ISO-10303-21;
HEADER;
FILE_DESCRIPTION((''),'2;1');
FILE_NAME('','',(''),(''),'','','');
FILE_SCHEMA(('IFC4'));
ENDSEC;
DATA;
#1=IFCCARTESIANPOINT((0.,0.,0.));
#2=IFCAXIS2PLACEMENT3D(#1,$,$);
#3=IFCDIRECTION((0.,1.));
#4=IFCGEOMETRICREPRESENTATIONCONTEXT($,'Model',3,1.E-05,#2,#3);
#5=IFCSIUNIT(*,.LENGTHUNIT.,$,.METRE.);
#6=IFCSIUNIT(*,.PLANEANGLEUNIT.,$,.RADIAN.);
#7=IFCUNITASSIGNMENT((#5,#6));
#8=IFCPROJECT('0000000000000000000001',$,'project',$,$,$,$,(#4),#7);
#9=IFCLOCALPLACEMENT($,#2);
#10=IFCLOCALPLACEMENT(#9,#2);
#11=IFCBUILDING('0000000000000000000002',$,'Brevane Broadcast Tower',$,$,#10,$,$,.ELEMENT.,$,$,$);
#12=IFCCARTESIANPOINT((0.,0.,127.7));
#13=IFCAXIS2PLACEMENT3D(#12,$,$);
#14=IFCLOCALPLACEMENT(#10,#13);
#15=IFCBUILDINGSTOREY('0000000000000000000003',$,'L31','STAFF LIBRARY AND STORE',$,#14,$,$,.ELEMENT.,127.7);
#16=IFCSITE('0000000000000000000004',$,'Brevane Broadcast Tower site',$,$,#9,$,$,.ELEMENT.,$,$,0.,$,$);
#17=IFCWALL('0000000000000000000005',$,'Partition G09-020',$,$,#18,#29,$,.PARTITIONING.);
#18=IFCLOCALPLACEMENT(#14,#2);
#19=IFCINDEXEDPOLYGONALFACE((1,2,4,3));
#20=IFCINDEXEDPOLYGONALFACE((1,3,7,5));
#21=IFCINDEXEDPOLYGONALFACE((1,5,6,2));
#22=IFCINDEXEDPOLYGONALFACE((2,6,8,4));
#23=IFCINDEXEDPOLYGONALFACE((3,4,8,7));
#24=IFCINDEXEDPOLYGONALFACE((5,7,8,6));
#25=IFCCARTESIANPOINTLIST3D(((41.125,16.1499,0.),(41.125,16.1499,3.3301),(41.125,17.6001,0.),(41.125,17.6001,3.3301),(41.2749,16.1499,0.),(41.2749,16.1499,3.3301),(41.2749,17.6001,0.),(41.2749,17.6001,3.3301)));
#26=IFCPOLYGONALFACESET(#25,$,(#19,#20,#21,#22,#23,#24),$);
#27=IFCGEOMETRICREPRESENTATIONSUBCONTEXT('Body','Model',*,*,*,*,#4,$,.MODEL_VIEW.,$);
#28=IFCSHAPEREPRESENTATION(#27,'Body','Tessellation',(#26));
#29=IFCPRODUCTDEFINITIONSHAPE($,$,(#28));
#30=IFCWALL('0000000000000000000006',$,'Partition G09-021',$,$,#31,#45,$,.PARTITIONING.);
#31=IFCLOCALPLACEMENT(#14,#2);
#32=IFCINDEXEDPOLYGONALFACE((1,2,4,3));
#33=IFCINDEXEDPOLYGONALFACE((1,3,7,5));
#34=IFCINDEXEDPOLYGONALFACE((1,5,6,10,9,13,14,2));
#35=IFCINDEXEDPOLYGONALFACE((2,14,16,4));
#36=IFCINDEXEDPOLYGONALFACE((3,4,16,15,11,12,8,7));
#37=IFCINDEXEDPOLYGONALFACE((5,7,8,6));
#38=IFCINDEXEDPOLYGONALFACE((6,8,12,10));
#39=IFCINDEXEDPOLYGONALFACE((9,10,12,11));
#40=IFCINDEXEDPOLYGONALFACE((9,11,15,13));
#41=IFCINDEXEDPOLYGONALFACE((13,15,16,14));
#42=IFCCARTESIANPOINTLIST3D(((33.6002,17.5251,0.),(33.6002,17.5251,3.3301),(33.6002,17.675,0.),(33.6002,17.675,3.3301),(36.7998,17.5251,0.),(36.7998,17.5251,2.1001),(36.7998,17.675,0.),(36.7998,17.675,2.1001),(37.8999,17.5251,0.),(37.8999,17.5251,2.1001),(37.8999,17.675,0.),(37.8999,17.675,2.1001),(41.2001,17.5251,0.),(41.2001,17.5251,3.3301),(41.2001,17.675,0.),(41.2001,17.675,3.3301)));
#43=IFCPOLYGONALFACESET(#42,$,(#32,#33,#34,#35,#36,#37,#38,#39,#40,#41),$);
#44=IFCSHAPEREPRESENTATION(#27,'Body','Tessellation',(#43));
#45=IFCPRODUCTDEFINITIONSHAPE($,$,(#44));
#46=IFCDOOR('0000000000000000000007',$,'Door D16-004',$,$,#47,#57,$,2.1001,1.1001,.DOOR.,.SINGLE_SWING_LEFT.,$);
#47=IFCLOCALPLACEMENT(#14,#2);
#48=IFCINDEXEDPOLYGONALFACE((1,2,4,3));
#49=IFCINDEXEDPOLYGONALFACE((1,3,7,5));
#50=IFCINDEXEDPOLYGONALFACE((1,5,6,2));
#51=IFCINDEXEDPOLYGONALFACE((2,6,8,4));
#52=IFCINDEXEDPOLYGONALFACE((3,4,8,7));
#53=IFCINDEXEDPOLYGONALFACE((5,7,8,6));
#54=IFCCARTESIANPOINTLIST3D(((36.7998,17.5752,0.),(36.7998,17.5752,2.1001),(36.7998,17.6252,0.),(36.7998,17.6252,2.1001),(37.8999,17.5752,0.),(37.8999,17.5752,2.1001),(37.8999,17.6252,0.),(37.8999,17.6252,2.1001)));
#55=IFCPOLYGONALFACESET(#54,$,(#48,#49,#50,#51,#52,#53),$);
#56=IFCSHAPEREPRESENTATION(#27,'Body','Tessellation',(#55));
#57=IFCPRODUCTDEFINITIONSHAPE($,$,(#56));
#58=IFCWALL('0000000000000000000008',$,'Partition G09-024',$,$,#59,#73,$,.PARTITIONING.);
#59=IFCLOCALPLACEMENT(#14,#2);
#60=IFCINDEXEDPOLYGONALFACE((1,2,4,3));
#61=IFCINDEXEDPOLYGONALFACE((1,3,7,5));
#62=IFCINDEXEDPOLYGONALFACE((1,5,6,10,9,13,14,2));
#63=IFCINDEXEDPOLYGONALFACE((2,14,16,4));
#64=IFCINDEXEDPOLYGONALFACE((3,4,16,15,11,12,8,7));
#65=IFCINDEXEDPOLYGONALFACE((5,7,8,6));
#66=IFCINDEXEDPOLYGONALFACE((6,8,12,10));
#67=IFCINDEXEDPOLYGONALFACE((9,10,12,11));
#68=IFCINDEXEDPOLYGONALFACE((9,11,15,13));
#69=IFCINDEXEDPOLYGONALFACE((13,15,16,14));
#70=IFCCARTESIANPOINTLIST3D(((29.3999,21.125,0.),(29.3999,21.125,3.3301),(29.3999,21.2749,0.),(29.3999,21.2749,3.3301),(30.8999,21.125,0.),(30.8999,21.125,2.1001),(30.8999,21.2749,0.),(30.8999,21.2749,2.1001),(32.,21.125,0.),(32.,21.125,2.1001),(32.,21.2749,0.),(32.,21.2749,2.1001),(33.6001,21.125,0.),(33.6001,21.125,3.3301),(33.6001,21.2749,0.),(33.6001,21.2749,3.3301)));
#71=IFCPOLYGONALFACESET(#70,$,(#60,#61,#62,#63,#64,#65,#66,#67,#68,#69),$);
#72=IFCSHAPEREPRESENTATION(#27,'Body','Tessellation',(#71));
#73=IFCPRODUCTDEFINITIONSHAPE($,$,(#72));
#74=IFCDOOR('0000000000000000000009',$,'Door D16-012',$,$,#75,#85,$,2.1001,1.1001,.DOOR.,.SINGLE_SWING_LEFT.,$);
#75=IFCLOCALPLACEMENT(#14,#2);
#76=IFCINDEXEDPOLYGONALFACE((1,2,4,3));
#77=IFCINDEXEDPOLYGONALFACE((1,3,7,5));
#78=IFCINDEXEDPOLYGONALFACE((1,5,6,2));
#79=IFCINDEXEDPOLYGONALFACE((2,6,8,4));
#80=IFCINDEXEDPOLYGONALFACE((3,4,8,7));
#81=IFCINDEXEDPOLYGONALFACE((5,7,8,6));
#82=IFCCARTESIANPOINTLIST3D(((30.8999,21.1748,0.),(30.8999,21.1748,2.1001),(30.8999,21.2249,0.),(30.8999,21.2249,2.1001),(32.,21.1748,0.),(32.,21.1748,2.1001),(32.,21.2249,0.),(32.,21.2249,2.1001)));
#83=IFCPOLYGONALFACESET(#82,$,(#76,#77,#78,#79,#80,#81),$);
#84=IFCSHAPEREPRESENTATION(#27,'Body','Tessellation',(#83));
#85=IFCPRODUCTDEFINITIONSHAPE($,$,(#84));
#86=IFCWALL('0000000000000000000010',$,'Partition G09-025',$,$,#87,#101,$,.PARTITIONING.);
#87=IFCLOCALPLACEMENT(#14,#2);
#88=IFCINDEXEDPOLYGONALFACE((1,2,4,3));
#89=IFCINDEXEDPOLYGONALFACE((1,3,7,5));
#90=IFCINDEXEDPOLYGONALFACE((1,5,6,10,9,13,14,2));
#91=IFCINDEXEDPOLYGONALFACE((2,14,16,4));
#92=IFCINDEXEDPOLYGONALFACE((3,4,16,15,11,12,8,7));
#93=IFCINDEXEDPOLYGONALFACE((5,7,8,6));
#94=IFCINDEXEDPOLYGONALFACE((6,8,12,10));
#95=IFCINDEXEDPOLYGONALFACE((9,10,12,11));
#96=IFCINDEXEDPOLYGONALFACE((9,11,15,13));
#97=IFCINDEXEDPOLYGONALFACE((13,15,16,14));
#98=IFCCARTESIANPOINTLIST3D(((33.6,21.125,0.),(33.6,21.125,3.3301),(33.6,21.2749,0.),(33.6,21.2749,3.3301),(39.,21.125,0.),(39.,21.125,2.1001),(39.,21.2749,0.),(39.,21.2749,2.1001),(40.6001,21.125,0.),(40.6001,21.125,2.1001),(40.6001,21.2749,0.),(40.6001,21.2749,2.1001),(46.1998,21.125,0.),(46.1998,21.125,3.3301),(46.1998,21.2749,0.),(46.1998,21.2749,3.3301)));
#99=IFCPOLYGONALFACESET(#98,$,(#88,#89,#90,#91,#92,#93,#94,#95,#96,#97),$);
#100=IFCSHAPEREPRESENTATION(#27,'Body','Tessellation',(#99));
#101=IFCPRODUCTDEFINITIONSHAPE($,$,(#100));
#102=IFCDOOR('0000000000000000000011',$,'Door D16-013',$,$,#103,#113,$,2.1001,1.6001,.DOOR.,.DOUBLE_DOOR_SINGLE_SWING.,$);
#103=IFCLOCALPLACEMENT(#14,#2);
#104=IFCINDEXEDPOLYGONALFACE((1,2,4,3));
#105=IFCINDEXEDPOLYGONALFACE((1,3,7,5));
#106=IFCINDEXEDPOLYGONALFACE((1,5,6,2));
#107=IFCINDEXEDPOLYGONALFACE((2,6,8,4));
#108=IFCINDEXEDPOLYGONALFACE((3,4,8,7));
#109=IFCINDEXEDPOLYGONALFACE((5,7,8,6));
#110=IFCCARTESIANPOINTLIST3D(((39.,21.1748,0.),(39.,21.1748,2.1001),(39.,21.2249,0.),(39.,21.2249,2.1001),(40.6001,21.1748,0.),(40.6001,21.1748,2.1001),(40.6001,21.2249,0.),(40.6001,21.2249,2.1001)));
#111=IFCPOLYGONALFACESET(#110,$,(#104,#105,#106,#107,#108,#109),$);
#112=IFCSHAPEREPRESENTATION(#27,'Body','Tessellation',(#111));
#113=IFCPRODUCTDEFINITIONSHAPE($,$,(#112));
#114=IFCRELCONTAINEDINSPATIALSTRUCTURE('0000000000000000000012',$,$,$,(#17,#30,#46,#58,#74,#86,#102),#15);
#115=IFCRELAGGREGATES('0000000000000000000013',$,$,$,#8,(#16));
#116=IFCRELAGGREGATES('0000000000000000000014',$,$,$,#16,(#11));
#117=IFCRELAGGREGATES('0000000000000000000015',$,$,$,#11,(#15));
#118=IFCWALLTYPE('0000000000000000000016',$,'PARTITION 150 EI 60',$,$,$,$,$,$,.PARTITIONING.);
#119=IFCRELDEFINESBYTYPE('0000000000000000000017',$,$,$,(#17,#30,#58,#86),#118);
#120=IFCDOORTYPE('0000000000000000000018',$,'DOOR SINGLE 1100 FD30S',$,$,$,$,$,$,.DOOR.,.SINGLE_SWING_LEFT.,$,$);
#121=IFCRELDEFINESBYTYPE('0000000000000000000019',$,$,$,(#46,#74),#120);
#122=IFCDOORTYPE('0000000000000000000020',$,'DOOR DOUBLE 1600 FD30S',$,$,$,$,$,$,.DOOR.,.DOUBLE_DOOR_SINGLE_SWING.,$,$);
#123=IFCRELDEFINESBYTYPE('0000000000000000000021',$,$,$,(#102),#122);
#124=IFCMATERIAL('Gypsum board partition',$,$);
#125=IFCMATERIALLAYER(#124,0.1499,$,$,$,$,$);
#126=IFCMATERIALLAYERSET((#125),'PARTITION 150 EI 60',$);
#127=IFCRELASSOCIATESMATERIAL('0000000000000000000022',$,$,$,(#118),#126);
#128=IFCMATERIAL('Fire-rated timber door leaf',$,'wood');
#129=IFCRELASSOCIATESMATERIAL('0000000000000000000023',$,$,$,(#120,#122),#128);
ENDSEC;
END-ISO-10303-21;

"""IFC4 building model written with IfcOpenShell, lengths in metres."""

from ifc_helpers import new_model, si_unit, direction, frame, frame_2d, origin, place, context, subcontext, project, spatial, rectangle, extrude, material, layer, layer_set, type_object, element, fill, save


model = new_model("IFC4")

# Units and contexts
model_context = context("Model", 3, precision=1e-05, world=origin(), true_north=direction((0.0, 1.0)))
body_context = subcontext(model_context, "Body", "Model", "MODEL_VIEW")
ifc_project = project(units=[si_unit("LENGTHUNIT", "METRE"), si_unit("PLANEANGLEUNIT", "RADIAN")], contexts=[model_context])

# Site, building, storey
site_placement = place(None, origin())
site = spatial("IfcSite", under=ifc_project, at=site_placement, Name="Brevane Broadcast Tower site", CompositionType="ELEMENT", RefElevation=0.0)
building_placement = place(site_placement, origin())
building = spatial("IfcBuilding", under=site, at=building_placement, Name="Brevane Broadcast Tower", CompositionType="ELEMENT")
storey_placement = place(building_placement, frame((0.0, 0.0, 127.7)))
storey = spatial("IfcBuildingStorey", under=building, at=storey_placement, Name="L31", Description="STAFF LIBRARY AND STORE", CompositionType="ELEMENT", Elevation=127.7)

# Shared definitions
ifc_material_1 = material(Name="Gypsum board partition")

# Shared definitions
ifc_layer_1 = layer(ifc_material_1, 0.1499)
ifc_layer_set_1 = layer_set([ifc_layer_1], Name="PARTITION 150 EI 60")
wall_type_1 = type_object("IfcWallType", Name="PARTITION 150 EI 60", PredefinedType="PARTITIONING", material=ifc_layer_set_1)
ifc_material_2 = material(Name="Fire-rated timber door leaf", Category="wood")

# Shared definitions
door_type_1 = type_object("IfcDoorType", Name="DOOR SINGLE 1100 FD30S", OperationType="SINGLE_SWING_LEFT", PredefinedType="DOOR", material=ifc_material_2)

# Wall
wall_1_placement = place(storey_placement, frame((41.2, 16.1499, 0.0), z_axis=(0.0, 0.0, 1.0), x_axis=(0.0, 1.0, 0.0)))
element("IfcWall", 1, at=wall_1_placement, inside=storey, type_object=wall_type_1, Name="Partition G09-020", PredefinedType="PARTITIONING", context=body_context, shape_type="SweptSolid", body=[
    extrude(rectangle(XDim=1.4502, YDim=0.1499, at=frame_2d((0.7251, 0.0))), origin(), (0.0, 0.0, 1.0), 3.3301),
])

# Walls, openings, doors
wall_2_placement = place(storey_placement, frame((41.2, 17.6001, 0.0), z_axis=(0.0, 0.0, 1.0), x_axis=(-1.0, 0.0, 0.0)))
wall_2 = element("IfcWall", 2, at=wall_2_placement, inside=storey, type_object=wall_type_1, Name="Partition G09-021", PredefinedType="PARTITIONING", context=body_context, shape_type="SweptSolid", body=[
    extrude(rectangle(XDim=7.5999, YDim=0.1499, at=frame_2d((3.7998, 0.0))), origin(), (0.0, 0.0, 1.0), 3.3301),
])
opening_1_placement = place(wall_2_placement, frame((3.3, 0.0, 0.0)))
opening_1 = element("IfcOpeningElement", 3, at=opening_1_placement, cuts=wall_2, PredefinedType="OPENING", context=body_context, shape_type="SweptSolid", body=[
    extrude(rectangle(XDim=1.1001, YDim=2.1001, at=frame_2d((0.55, 1.05))), frame((0.0, 0.085, 0.0), z_axis=(0.0, -1.0, 0.0), x_axis=(1.0, 0.0, 0.0)), (0.0, 0.0, 1.0), 0.1699),
])
door_1_placement = place(opening_1_placement, origin())
door_1 = element("IfcDoor", 4, at=door_1_placement, inside=storey, type_object=door_type_1, Name="Door D16-004", OperationType="SINGLE_SWING_LEFT", OverallHeight=2.1001, OverallWidth=1.1001, PredefinedType="DOOR", context=body_context, shape_type="SweptSolid", body=[
    extrude(rectangle(XDim=1.1001, YDim=2.1001, at=frame_2d((0.55, 1.05))), frame((0.0, 0.0249, 0.0), z_axis=(0.0, -1.0, 0.0), x_axis=(1.0, 0.0, 0.0)), (0.0, 0.0, 1.0), 0.05),
])
fill(opening_1, door_1)
wall_3_placement = place(storey_placement, frame((29.3999, 21.2, 0.0), z_axis=(0.0, 0.0, 1.0), x_axis=(1.0, 0.0, 0.0)))
wall_3 = element("IfcWall", 5, at=wall_3_placement, inside=storey, type_object=wall_type_1, Name="Partition G09-024", PredefinedType="PARTITIONING", context=body_context, shape_type="SweptSolid", body=[
    extrude(rectangle(XDim=4.2002, YDim=0.1499, at=frame_2d((2.1001, 0.0))), origin(), (0.0, 0.0, 1.0), 3.3301),
])
opening_2_placement = place(wall_3_placement, frame((1.5, 0.0, 0.0)))
opening_2 = element("IfcOpeningElement", 6, at=opening_2_placement, cuts=wall_3, PredefinedType="OPENING", context=body_context, shape_type="SweptSolid", body=[
    extrude(rectangle(XDim=1.1001, YDim=2.1001, at=frame_2d((0.55, 1.05))), frame((0.0, 0.085, 0.0), z_axis=(0.0, -1.0, 0.0), x_axis=(1.0, 0.0, 0.0)), (0.0, 0.0, 1.0), 0.1699),
])
door_2_placement = place(opening_2_placement, origin())
door_2 = element("IfcDoor", 7, at=door_2_placement, inside=storey, type_object=door_type_1, Name="Door D16-012", OperationType="SINGLE_SWING_LEFT", OverallHeight=2.1001, OverallWidth=1.1001, PredefinedType="DOOR", context=body_context, shape_type="SweptSolid", body=[
    extrude(rectangle(XDim=1.1001, YDim=2.1001, at=frame_2d((0.55, 1.05))), frame((0.0, 0.0249, 0.0), z_axis=(0.0, -1.0, 0.0), x_axis=(1.0, 0.0, 0.0)), (0.0, 0.0, 1.0), 0.05),
])
fill(opening_2, door_2)
wall_4_placement = place(storey_placement, frame((33.6001, 21.2, 0.0), z_axis=(0.0, 0.0, 1.0), x_axis=(1.0, 0.0, 0.0)))
wall_4 = element("IfcWall", 8, at=wall_4_placement, inside=storey, type_object=wall_type_1, Name="Partition G09-025", PredefinedType="PARTITIONING", context=body_context, shape_type="SweptSolid", body=[
    extrude(rectangle(XDim=12.5999, YDim=0.1499, at=frame_2d((6.2998, 0.0))), origin(), (0.0, 0.0, 1.0), 3.3301),
])
opening_3_placement = place(wall_4_placement, frame((5.3999, 0.0, 0.0)))
opening_3 = element("IfcOpeningElement", 9, at=opening_3_placement, cuts=wall_4, PredefinedType="OPENING", context=body_context, shape_type="SweptSolid", body=[
    extrude(rectangle(XDim=1.6001, YDim=2.1001, at=frame_2d((0.8, 1.05))), frame((0.0, 0.085, 0.0), z_axis=(0.0, -1.0, 0.0), x_axis=(1.0, 0.0, 0.0)), (0.0, 0.0, 1.0), 0.1699),
])
door_type_2 = type_object("IfcDoorType", Name="DOOR DOUBLE 1600 FD30S", OperationType="DOUBLE_DOOR_SINGLE_SWING", PredefinedType="DOOR", material=ifc_material_2)
door_3_placement = place(opening_3_placement, origin())
door_3 = element("IfcDoor", 10, at=door_3_placement, inside=storey, type_object=door_type_2, Name="Door D16-013", OperationType="DOUBLE_DOOR_SINGLE_SWING", OverallHeight=2.1001, OverallWidth=1.6001, PredefinedType="DOOR", context=body_context, shape_type="SweptSolid", body=[
    extrude(rectangle(XDim=1.6001, YDim=2.1001, at=frame_2d((0.8, 1.05))), frame((0.0, 0.0249, 0.0), z_axis=(0.0, -1.0, 0.0), x_axis=(1.0, 0.0, 0.0)), (0.0, 0.0, 1.0), 0.05),
])
fill(opening_3, door_3)

save(model, "model.ifc")
